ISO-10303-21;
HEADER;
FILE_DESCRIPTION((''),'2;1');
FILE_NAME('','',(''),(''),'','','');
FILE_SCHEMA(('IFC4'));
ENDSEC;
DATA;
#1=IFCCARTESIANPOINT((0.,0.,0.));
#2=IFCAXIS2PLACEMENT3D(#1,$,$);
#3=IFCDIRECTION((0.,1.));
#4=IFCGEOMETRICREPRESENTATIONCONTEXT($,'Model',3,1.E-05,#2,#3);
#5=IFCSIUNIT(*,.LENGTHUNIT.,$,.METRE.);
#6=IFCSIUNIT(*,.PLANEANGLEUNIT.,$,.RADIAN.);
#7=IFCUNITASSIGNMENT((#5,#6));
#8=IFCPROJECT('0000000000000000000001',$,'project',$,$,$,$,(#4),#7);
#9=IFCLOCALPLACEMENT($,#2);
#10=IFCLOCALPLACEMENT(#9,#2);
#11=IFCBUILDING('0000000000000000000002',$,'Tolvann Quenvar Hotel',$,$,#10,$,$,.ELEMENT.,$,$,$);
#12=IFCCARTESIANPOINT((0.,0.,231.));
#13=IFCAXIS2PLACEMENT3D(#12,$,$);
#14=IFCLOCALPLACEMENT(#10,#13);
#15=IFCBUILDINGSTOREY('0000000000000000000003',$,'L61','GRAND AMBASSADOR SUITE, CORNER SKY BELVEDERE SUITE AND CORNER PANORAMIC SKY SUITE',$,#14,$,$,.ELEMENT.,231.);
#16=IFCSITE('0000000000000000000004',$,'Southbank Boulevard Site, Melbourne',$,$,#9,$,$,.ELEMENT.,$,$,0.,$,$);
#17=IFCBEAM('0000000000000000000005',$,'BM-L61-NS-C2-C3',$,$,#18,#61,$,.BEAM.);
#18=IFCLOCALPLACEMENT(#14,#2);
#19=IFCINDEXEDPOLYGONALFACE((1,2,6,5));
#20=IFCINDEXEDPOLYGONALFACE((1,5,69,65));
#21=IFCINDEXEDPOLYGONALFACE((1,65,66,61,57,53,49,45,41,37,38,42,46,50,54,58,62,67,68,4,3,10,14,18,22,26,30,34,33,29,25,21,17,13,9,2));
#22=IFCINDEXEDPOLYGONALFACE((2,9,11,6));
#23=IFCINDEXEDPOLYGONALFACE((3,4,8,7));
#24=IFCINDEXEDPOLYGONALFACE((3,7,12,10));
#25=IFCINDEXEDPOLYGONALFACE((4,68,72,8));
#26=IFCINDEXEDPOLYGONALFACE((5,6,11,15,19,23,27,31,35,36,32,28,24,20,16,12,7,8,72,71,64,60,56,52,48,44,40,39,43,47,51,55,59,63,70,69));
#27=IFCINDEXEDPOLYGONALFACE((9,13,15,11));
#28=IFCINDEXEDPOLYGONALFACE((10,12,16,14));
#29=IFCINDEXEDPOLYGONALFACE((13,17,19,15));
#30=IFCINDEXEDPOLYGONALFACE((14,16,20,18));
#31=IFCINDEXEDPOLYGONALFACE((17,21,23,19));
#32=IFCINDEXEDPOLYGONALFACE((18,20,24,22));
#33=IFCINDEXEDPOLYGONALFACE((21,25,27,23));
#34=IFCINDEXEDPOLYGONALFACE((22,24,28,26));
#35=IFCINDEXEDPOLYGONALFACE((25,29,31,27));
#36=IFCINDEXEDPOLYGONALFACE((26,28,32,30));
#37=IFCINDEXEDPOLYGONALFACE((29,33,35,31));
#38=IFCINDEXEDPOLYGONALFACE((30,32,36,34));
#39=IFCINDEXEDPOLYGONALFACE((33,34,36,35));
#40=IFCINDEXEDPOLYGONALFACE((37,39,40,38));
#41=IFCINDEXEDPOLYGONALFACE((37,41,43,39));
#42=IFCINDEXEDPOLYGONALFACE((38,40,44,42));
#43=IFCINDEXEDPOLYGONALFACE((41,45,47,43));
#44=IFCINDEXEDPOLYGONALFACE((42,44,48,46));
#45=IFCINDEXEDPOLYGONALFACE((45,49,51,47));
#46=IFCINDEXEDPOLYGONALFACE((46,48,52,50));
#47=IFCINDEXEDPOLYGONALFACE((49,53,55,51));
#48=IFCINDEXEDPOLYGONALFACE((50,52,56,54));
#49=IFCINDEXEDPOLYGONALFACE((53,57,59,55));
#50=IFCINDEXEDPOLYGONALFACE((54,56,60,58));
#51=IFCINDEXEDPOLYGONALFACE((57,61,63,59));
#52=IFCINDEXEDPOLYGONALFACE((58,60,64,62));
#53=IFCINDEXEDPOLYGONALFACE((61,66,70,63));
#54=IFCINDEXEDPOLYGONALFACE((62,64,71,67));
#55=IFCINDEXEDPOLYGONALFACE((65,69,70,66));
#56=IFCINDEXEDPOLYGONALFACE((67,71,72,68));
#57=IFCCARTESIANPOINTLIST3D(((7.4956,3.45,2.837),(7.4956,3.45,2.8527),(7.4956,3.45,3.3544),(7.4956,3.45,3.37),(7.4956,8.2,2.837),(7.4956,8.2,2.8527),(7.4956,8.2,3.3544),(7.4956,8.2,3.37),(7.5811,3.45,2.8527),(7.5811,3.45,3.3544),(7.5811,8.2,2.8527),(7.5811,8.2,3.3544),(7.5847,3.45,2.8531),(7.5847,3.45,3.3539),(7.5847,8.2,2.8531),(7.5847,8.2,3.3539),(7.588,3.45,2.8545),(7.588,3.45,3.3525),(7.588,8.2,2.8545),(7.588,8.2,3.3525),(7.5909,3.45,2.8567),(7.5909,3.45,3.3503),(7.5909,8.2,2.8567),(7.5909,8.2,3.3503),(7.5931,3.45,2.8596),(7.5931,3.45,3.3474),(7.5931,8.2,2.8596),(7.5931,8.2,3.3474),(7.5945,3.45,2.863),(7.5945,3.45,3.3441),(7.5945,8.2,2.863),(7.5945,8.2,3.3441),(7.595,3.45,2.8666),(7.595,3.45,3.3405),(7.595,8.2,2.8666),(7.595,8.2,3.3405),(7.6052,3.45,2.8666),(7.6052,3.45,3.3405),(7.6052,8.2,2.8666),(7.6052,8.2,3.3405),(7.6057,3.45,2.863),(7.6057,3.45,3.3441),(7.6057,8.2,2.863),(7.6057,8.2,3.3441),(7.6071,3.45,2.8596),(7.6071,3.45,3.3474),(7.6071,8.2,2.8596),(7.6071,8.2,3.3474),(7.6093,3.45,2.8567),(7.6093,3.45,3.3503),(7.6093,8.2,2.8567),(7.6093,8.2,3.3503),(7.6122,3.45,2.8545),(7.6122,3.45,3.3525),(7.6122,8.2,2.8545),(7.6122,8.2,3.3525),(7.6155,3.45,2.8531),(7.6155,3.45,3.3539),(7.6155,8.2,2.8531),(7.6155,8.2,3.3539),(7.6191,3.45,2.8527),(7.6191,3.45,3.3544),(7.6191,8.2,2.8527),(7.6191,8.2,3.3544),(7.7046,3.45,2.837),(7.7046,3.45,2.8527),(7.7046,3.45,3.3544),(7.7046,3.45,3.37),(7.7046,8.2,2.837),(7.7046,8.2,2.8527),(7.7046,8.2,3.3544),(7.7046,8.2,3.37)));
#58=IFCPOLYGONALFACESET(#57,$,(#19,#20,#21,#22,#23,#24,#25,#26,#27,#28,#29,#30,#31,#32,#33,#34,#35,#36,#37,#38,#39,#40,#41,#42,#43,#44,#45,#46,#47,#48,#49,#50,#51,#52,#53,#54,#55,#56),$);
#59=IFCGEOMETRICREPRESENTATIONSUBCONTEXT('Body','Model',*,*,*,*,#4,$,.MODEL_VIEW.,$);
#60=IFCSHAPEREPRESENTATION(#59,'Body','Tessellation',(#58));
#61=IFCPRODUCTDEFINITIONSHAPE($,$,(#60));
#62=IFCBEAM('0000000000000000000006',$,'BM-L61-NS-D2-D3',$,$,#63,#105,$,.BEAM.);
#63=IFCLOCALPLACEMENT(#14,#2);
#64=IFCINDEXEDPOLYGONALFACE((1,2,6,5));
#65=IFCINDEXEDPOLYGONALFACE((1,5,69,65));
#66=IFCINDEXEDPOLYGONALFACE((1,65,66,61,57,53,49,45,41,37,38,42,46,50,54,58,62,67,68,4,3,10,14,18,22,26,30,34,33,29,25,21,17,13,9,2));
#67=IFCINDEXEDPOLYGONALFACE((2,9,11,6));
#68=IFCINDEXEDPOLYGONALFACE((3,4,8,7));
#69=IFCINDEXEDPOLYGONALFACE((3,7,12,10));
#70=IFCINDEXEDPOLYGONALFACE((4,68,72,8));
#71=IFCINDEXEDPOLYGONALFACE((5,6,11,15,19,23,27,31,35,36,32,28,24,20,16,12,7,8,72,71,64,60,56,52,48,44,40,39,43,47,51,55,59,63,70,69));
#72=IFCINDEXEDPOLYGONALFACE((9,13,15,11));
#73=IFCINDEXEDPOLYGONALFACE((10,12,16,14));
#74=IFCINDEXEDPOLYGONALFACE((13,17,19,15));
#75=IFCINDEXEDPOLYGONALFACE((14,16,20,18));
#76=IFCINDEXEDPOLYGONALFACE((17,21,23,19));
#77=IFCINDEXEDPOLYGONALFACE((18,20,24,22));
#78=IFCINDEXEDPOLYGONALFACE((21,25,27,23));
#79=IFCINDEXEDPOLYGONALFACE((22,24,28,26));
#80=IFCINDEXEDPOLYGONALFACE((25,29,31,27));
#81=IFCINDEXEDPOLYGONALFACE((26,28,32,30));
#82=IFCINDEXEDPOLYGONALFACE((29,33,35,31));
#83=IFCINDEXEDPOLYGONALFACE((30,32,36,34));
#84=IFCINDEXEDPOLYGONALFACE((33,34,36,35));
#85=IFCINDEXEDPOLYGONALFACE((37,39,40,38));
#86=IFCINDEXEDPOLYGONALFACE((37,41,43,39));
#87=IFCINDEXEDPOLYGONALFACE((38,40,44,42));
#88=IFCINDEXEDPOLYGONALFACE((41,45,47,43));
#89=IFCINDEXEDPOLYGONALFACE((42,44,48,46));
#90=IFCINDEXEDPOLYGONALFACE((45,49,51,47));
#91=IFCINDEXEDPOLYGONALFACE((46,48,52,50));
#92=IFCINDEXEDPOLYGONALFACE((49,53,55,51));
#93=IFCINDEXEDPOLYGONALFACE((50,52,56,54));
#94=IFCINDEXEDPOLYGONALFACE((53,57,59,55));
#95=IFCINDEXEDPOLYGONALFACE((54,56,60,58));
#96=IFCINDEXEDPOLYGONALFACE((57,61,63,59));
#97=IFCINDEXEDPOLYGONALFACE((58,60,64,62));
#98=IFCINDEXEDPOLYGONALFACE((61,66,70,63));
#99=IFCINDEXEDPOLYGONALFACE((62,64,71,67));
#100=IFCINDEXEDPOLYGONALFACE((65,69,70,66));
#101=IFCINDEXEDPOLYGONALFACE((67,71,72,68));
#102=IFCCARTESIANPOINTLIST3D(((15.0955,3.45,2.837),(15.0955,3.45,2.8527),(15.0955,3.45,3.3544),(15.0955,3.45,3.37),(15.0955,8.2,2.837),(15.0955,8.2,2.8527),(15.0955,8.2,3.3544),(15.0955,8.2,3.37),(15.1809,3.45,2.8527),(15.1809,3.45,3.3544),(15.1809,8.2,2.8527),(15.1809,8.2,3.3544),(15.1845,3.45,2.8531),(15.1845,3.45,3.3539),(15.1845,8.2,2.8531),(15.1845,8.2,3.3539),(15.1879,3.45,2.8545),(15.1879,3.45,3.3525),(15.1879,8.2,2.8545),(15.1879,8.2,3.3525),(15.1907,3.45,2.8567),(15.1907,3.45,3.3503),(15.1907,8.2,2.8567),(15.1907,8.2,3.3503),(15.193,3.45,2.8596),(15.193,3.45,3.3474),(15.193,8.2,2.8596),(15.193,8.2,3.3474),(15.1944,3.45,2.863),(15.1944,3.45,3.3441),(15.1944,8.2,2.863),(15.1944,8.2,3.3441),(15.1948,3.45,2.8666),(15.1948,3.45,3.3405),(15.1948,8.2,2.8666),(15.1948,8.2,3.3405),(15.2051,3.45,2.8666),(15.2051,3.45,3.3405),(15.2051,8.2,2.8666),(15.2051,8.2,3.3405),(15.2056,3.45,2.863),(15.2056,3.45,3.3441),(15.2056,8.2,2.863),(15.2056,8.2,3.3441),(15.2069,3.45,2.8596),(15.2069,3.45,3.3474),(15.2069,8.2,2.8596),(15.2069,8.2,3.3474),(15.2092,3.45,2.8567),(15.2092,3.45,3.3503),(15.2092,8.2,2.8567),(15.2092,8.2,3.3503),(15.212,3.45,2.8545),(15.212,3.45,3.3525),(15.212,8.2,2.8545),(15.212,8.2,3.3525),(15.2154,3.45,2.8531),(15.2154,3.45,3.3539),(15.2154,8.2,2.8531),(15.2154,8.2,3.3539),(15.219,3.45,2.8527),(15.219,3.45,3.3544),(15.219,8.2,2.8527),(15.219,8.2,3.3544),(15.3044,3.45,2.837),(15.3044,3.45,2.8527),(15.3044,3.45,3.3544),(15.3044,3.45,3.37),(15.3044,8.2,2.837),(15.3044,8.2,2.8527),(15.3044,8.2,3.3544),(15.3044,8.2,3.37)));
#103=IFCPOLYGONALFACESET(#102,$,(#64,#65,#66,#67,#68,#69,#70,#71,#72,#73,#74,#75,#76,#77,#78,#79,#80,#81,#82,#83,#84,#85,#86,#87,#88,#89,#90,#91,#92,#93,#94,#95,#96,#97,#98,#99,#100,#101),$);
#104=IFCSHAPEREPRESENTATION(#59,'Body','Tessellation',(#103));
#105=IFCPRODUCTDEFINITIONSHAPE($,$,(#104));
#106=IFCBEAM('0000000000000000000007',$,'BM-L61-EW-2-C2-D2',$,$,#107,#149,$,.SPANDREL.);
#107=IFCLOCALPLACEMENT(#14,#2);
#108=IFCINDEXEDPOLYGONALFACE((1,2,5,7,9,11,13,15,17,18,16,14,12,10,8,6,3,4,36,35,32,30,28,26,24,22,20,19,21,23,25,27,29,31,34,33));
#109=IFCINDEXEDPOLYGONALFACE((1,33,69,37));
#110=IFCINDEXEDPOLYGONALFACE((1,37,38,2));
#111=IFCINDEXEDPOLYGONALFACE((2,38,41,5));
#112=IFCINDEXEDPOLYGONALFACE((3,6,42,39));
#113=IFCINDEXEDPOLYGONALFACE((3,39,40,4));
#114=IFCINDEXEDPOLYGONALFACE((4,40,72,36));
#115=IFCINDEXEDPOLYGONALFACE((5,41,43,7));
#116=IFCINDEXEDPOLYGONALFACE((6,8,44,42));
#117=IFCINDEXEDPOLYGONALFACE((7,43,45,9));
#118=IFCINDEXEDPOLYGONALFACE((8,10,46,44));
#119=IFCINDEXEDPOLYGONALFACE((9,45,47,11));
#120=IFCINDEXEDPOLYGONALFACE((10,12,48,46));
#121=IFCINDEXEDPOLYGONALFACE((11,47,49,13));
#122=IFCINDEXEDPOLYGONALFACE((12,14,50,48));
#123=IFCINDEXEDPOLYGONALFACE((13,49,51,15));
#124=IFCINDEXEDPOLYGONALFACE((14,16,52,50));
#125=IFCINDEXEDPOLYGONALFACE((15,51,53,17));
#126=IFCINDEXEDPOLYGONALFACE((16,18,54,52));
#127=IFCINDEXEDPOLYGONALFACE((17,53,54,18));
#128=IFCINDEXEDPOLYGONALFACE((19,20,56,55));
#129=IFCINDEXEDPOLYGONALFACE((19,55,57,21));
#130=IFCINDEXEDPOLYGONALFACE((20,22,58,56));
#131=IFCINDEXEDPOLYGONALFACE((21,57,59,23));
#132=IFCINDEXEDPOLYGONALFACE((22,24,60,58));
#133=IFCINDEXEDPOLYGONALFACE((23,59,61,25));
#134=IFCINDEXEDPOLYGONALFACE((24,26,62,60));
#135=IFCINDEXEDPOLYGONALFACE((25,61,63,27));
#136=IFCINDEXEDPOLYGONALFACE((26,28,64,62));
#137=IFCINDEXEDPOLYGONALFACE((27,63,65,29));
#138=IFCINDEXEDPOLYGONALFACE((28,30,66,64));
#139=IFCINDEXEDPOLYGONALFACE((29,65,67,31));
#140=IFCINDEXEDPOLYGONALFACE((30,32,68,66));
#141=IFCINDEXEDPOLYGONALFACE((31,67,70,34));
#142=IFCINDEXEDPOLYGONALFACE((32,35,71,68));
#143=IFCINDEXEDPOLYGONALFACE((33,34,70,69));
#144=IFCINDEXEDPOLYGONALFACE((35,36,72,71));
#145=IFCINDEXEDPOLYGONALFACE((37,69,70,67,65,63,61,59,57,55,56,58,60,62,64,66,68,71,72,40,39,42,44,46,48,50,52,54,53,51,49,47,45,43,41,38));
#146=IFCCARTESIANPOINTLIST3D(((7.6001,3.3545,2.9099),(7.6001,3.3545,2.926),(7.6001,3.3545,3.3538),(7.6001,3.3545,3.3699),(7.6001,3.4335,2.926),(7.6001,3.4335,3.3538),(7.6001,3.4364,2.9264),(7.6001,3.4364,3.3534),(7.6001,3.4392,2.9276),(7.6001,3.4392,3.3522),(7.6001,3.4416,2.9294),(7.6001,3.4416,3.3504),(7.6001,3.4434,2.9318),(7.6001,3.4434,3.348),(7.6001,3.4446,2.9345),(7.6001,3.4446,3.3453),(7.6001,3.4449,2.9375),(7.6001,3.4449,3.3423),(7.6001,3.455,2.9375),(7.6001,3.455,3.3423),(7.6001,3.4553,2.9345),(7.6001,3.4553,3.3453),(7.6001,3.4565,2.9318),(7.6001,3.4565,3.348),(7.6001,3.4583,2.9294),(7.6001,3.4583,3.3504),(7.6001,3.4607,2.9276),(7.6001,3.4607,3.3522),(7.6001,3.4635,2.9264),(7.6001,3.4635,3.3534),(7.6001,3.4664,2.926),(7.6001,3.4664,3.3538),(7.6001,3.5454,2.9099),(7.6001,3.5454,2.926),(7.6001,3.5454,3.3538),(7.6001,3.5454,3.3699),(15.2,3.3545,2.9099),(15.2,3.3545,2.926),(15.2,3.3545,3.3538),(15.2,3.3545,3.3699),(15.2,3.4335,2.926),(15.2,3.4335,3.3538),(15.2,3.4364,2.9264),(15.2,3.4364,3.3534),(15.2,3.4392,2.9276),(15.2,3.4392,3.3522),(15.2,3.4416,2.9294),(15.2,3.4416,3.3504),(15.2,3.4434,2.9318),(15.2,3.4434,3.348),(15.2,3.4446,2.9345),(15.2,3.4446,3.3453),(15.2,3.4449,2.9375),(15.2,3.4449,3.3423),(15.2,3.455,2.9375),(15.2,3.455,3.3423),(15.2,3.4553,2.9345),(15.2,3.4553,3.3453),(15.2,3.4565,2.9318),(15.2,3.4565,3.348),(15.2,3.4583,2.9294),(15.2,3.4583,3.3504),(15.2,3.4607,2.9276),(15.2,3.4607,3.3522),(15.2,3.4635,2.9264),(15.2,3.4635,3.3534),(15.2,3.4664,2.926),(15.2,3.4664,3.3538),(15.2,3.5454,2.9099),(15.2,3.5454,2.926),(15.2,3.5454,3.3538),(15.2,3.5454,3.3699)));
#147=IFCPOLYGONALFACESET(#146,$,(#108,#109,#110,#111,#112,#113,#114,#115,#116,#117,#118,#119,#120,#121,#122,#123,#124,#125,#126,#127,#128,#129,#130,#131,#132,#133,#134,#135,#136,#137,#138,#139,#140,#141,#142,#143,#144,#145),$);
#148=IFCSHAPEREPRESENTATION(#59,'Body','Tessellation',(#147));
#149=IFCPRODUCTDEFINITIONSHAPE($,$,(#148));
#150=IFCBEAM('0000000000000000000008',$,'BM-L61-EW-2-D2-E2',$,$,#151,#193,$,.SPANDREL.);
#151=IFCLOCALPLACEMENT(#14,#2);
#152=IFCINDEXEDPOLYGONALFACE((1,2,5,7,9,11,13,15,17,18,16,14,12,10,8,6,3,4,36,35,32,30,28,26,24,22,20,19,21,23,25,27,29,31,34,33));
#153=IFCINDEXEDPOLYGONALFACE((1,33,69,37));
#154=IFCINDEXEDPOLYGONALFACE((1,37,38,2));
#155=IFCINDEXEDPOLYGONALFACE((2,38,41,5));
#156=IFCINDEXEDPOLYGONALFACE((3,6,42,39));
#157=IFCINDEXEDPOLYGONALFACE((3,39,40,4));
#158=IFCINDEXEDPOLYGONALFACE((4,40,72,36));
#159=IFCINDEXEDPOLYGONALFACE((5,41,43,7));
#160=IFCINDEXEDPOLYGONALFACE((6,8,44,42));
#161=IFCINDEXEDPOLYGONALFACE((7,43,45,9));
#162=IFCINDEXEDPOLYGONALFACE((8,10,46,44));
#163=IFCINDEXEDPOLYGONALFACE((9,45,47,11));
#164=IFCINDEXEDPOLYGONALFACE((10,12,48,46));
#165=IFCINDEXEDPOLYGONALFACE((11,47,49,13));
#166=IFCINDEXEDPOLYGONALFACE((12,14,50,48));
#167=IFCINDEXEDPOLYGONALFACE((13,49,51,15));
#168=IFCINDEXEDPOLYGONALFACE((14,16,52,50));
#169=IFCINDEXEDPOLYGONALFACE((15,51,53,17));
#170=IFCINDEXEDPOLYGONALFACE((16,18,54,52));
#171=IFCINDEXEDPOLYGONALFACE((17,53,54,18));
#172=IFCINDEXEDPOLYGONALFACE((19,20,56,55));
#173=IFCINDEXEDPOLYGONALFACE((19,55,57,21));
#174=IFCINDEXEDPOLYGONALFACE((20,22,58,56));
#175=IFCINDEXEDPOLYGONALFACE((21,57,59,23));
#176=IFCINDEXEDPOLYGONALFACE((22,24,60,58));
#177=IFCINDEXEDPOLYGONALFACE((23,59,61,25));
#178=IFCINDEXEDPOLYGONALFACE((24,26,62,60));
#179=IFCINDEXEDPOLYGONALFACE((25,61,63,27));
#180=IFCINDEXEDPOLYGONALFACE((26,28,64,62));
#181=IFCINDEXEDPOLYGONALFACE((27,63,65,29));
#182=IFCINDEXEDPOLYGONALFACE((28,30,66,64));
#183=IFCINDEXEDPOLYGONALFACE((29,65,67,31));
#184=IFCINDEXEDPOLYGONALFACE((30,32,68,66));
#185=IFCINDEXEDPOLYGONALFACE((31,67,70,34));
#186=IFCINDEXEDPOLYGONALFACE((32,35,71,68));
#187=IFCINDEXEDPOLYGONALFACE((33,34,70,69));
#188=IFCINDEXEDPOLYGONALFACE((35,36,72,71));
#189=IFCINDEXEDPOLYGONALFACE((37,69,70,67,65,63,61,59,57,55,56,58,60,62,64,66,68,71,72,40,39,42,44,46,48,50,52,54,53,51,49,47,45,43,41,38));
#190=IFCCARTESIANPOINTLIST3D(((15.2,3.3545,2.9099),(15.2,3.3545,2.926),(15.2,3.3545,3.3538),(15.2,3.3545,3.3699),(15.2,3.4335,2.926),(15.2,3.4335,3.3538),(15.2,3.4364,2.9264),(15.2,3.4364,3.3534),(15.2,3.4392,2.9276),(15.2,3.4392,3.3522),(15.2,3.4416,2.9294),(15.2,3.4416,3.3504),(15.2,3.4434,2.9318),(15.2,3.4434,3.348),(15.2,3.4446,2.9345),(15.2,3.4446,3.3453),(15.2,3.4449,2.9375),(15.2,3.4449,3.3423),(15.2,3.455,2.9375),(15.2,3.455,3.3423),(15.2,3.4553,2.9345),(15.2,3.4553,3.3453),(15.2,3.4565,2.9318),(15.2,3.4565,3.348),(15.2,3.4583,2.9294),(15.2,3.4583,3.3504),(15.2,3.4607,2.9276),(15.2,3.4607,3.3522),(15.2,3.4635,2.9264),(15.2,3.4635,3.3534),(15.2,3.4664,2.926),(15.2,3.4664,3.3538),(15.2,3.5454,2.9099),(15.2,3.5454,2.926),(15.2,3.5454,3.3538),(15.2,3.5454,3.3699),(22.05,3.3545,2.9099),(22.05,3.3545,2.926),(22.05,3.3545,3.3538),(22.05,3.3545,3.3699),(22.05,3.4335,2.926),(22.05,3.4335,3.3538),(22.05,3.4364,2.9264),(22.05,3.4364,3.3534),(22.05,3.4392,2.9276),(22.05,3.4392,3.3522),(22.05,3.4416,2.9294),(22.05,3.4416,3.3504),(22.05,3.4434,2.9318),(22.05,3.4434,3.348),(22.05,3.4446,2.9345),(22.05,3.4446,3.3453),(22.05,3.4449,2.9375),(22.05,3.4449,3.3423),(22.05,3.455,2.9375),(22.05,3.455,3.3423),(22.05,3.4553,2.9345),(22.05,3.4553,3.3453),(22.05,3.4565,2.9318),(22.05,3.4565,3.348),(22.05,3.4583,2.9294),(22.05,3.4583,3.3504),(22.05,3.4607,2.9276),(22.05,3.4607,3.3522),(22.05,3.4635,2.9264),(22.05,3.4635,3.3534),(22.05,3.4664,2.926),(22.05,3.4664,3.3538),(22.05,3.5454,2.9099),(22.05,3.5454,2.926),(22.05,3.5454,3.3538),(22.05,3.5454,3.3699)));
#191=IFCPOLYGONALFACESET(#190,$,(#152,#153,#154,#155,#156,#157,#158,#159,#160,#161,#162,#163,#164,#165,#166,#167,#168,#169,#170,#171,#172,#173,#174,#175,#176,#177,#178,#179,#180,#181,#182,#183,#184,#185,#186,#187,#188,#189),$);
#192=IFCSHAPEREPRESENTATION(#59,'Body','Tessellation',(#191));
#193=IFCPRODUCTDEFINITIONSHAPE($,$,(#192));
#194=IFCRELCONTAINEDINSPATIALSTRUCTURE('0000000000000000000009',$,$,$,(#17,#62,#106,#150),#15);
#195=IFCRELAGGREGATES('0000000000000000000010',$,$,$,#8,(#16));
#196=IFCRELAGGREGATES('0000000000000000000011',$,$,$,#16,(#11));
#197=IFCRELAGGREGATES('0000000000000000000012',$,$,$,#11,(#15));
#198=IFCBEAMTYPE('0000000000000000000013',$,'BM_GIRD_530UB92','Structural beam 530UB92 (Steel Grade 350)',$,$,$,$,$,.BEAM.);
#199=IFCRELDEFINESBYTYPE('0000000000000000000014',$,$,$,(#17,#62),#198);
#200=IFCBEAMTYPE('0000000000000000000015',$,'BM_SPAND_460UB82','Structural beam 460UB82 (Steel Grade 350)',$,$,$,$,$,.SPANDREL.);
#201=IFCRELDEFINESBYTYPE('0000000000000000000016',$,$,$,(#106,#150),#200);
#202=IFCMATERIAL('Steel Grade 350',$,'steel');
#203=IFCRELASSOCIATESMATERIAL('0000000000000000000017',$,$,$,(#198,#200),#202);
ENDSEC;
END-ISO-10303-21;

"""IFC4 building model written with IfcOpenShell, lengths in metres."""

from ifc_helpers import new_model, si_unit, direction, frame, origin, origin_2d, place, context, subcontext, project, spatial, i_section, extrude, source, transform, mapped, material, material_profile, profile_set, type_object, type_shapes, element, save


model = new_model("IFC4")

# Units and contexts
model_context = context("Model", 3, precision=1e-05, world=origin(), true_north=direction((0.0, 1.0)))
body_context = subcontext(model_context, "Body", "Model", "MODEL_VIEW")
ifc_project = project(units=[si_unit("LENGTHUNIT", "METRE"), si_unit("PLANEANGLEUNIT", "RADIAN")], contexts=[model_context])

# Site, building, storey
site_placement = place(None, origin())
site = spatial("IfcSite", under=ifc_project, at=site_placement, Name="Southbank Boulevard Site, Melbourne", CompositionType="ELEMENT", RefElevation=0.0)
building_placement = place(site_placement, origin())
building = spatial("IfcBuilding", under=site, at=building_placement, Name="Tolvann Quenvar Hotel", CompositionType="ELEMENT")
storey_placement = place(building_placement, frame((0.0, 0.0, 231.0)))
storey = spatial("IfcBuildingStorey", under=building, at=storey_placement, Name="L61", Description="GRAND AMBASSADOR SUITE, CORNER SKY BELVEDERE SUITE AND CORNER PANORAMIC SKY SUITE", CompositionType="ELEMENT", Elevation=231.0)

# Shared definitions
ifc_material_1 = material(Name="Steel Grade 350", Category="steel")

# Beams
ifc_material_profile_1 = material_profile(ifc_material_1, i_section(OverallWidth=0.209, OverallDepth=0.533, WebThickness=0.0103, FlangeThickness=0.0156, FilletRadius=0.0139, at=origin_2d()), Name="530UB92")
ifc_profile_set_1 = profile_set([ifc_material_profile_1], Name="Steel Grade 350")
beam_type_1 = type_object("IfcBeamType", Name="BM_GIRD_530UB92", Description="Structural beam 530UB92 (Steel Grade 350)", PredefinedType="BEAM", material=ifc_profile_set_1)
shared_shape_1 = source(origin(), body_context, "Body", "SweptSolid", [
    extrude(i_section(OverallWidth=0.209, OverallDepth=0.533, WebThickness=0.0103, FlangeThickness=0.0156, FilletRadius=0.0139, at=origin_2d()), origin(), (0.0, 0.0, 1.0), 4.75),
])
for number, where, z_axis, x_axis, name in (
    (1, (7.6001, 3.45, 3.1035), (0.0, 1.0, 0.0), (-1.0, 0.0, 0.0), "BM-L61-NS-C2-C3"),
    (2, (15.2, 3.45, 3.1035), (0.0, 1.0, 0.0), (-1.0, 0.0, 0.0), "BM-L61-NS-D2-D3"),
):
    element("IfcBeam", number, at=place(storey_placement, frame(where, z_axis=z_axis, x_axis=x_axis)), inside=storey, type_object=beam_type_1, Name=name, PredefinedType="BEAM", context=body_context, shape_type="MappedRepresentation", body=[
        mapped(shared_shape_1, transform((0.0, 0.0, 0.0), x_axis=(1.0, 0.0, 0.0), y_axis=(0.0, 1.0, 0.0), z_axis=(0.0, 0.0, 1.0), scale=1.0)),
    ])
ifc_material_profile_2 = material_profile(ifc_material_1, i_section(OverallWidth=0.1909, OverallDepth=0.46, WebThickness=0.01, FlangeThickness=0.0161, FilletRadius=0.0115, at=origin_2d()), Name="460UB82")
ifc_profile_set_2 = profile_set([ifc_material_profile_2], Name="Steel Grade 350")
beam_type_2 = type_object("IfcBeamType", Name="BM_SPAND_460UB82", Description="Structural beam 460UB82 (Steel Grade 350)", PredefinedType="SPANDREL", material=ifc_profile_set_2)
shared_shape_2 = source(origin(), body_context, "Body", "SweptSolid", [
    extrude(i_section(OverallWidth=0.1909, OverallDepth=0.46, WebThickness=0.01, FlangeThickness=0.0161, FilletRadius=0.0115, at=origin_2d()), origin(), (0.0, 0.0, 1.0), 7.5999),
])
beam_1_placement = place(storey_placement, frame((7.6001, 3.45, 3.1399), z_axis=(1.0, 0.0, 0.0), x_axis=(0.0, 1.0, 0.0)))
element("IfcBeam", 3, at=beam_1_placement, inside=storey, type_object=beam_type_2, Name="BM-L61-EW-2-C2-D2", PredefinedType="SPANDREL", context=body_context, shape_type="MappedRepresentation", body=[
    mapped(shared_shape_2, transform((0.0, 0.0, 0.0), x_axis=(1.0, 0.0, 0.0), y_axis=(0.0, 1.0, 0.0), z_axis=(0.0, 0.0, 1.0), scale=1.0)),
])
shared_shape_3 = source(origin(), body_context, "Body", "SweptSolid", [
    extrude(i_section(OverallWidth=0.1909, OverallDepth=0.46, WebThickness=0.01, FlangeThickness=0.0161, FilletRadius=0.0115, at=origin_2d()), origin(), (0.0, 0.0, 1.0), 6.8501),
])
type_shapes(beam_type_2, [shared_shape_2, shared_shape_3])
beam_2_placement = place(storey_placement, frame((15.2, 3.45, 3.1399), z_axis=(1.0, 0.0, 0.0), x_axis=(0.0, 1.0, 0.0)))
element("IfcBeam", 4, at=beam_2_placement, inside=storey, type_object=beam_type_2, Name="BM-L61-EW-2-D2-E2", PredefinedType="SPANDREL", context=body_context, shape_type="MappedRepresentation", body=[
    mapped(shared_shape_3, transform((0.0, 0.0, 0.0), x_axis=(1.0, 0.0, 0.0), y_axis=(0.0, 1.0, 0.0), z_axis=(0.0, 0.0, 1.0), scale=1.0)),
])

save(model, "model.ifc")
